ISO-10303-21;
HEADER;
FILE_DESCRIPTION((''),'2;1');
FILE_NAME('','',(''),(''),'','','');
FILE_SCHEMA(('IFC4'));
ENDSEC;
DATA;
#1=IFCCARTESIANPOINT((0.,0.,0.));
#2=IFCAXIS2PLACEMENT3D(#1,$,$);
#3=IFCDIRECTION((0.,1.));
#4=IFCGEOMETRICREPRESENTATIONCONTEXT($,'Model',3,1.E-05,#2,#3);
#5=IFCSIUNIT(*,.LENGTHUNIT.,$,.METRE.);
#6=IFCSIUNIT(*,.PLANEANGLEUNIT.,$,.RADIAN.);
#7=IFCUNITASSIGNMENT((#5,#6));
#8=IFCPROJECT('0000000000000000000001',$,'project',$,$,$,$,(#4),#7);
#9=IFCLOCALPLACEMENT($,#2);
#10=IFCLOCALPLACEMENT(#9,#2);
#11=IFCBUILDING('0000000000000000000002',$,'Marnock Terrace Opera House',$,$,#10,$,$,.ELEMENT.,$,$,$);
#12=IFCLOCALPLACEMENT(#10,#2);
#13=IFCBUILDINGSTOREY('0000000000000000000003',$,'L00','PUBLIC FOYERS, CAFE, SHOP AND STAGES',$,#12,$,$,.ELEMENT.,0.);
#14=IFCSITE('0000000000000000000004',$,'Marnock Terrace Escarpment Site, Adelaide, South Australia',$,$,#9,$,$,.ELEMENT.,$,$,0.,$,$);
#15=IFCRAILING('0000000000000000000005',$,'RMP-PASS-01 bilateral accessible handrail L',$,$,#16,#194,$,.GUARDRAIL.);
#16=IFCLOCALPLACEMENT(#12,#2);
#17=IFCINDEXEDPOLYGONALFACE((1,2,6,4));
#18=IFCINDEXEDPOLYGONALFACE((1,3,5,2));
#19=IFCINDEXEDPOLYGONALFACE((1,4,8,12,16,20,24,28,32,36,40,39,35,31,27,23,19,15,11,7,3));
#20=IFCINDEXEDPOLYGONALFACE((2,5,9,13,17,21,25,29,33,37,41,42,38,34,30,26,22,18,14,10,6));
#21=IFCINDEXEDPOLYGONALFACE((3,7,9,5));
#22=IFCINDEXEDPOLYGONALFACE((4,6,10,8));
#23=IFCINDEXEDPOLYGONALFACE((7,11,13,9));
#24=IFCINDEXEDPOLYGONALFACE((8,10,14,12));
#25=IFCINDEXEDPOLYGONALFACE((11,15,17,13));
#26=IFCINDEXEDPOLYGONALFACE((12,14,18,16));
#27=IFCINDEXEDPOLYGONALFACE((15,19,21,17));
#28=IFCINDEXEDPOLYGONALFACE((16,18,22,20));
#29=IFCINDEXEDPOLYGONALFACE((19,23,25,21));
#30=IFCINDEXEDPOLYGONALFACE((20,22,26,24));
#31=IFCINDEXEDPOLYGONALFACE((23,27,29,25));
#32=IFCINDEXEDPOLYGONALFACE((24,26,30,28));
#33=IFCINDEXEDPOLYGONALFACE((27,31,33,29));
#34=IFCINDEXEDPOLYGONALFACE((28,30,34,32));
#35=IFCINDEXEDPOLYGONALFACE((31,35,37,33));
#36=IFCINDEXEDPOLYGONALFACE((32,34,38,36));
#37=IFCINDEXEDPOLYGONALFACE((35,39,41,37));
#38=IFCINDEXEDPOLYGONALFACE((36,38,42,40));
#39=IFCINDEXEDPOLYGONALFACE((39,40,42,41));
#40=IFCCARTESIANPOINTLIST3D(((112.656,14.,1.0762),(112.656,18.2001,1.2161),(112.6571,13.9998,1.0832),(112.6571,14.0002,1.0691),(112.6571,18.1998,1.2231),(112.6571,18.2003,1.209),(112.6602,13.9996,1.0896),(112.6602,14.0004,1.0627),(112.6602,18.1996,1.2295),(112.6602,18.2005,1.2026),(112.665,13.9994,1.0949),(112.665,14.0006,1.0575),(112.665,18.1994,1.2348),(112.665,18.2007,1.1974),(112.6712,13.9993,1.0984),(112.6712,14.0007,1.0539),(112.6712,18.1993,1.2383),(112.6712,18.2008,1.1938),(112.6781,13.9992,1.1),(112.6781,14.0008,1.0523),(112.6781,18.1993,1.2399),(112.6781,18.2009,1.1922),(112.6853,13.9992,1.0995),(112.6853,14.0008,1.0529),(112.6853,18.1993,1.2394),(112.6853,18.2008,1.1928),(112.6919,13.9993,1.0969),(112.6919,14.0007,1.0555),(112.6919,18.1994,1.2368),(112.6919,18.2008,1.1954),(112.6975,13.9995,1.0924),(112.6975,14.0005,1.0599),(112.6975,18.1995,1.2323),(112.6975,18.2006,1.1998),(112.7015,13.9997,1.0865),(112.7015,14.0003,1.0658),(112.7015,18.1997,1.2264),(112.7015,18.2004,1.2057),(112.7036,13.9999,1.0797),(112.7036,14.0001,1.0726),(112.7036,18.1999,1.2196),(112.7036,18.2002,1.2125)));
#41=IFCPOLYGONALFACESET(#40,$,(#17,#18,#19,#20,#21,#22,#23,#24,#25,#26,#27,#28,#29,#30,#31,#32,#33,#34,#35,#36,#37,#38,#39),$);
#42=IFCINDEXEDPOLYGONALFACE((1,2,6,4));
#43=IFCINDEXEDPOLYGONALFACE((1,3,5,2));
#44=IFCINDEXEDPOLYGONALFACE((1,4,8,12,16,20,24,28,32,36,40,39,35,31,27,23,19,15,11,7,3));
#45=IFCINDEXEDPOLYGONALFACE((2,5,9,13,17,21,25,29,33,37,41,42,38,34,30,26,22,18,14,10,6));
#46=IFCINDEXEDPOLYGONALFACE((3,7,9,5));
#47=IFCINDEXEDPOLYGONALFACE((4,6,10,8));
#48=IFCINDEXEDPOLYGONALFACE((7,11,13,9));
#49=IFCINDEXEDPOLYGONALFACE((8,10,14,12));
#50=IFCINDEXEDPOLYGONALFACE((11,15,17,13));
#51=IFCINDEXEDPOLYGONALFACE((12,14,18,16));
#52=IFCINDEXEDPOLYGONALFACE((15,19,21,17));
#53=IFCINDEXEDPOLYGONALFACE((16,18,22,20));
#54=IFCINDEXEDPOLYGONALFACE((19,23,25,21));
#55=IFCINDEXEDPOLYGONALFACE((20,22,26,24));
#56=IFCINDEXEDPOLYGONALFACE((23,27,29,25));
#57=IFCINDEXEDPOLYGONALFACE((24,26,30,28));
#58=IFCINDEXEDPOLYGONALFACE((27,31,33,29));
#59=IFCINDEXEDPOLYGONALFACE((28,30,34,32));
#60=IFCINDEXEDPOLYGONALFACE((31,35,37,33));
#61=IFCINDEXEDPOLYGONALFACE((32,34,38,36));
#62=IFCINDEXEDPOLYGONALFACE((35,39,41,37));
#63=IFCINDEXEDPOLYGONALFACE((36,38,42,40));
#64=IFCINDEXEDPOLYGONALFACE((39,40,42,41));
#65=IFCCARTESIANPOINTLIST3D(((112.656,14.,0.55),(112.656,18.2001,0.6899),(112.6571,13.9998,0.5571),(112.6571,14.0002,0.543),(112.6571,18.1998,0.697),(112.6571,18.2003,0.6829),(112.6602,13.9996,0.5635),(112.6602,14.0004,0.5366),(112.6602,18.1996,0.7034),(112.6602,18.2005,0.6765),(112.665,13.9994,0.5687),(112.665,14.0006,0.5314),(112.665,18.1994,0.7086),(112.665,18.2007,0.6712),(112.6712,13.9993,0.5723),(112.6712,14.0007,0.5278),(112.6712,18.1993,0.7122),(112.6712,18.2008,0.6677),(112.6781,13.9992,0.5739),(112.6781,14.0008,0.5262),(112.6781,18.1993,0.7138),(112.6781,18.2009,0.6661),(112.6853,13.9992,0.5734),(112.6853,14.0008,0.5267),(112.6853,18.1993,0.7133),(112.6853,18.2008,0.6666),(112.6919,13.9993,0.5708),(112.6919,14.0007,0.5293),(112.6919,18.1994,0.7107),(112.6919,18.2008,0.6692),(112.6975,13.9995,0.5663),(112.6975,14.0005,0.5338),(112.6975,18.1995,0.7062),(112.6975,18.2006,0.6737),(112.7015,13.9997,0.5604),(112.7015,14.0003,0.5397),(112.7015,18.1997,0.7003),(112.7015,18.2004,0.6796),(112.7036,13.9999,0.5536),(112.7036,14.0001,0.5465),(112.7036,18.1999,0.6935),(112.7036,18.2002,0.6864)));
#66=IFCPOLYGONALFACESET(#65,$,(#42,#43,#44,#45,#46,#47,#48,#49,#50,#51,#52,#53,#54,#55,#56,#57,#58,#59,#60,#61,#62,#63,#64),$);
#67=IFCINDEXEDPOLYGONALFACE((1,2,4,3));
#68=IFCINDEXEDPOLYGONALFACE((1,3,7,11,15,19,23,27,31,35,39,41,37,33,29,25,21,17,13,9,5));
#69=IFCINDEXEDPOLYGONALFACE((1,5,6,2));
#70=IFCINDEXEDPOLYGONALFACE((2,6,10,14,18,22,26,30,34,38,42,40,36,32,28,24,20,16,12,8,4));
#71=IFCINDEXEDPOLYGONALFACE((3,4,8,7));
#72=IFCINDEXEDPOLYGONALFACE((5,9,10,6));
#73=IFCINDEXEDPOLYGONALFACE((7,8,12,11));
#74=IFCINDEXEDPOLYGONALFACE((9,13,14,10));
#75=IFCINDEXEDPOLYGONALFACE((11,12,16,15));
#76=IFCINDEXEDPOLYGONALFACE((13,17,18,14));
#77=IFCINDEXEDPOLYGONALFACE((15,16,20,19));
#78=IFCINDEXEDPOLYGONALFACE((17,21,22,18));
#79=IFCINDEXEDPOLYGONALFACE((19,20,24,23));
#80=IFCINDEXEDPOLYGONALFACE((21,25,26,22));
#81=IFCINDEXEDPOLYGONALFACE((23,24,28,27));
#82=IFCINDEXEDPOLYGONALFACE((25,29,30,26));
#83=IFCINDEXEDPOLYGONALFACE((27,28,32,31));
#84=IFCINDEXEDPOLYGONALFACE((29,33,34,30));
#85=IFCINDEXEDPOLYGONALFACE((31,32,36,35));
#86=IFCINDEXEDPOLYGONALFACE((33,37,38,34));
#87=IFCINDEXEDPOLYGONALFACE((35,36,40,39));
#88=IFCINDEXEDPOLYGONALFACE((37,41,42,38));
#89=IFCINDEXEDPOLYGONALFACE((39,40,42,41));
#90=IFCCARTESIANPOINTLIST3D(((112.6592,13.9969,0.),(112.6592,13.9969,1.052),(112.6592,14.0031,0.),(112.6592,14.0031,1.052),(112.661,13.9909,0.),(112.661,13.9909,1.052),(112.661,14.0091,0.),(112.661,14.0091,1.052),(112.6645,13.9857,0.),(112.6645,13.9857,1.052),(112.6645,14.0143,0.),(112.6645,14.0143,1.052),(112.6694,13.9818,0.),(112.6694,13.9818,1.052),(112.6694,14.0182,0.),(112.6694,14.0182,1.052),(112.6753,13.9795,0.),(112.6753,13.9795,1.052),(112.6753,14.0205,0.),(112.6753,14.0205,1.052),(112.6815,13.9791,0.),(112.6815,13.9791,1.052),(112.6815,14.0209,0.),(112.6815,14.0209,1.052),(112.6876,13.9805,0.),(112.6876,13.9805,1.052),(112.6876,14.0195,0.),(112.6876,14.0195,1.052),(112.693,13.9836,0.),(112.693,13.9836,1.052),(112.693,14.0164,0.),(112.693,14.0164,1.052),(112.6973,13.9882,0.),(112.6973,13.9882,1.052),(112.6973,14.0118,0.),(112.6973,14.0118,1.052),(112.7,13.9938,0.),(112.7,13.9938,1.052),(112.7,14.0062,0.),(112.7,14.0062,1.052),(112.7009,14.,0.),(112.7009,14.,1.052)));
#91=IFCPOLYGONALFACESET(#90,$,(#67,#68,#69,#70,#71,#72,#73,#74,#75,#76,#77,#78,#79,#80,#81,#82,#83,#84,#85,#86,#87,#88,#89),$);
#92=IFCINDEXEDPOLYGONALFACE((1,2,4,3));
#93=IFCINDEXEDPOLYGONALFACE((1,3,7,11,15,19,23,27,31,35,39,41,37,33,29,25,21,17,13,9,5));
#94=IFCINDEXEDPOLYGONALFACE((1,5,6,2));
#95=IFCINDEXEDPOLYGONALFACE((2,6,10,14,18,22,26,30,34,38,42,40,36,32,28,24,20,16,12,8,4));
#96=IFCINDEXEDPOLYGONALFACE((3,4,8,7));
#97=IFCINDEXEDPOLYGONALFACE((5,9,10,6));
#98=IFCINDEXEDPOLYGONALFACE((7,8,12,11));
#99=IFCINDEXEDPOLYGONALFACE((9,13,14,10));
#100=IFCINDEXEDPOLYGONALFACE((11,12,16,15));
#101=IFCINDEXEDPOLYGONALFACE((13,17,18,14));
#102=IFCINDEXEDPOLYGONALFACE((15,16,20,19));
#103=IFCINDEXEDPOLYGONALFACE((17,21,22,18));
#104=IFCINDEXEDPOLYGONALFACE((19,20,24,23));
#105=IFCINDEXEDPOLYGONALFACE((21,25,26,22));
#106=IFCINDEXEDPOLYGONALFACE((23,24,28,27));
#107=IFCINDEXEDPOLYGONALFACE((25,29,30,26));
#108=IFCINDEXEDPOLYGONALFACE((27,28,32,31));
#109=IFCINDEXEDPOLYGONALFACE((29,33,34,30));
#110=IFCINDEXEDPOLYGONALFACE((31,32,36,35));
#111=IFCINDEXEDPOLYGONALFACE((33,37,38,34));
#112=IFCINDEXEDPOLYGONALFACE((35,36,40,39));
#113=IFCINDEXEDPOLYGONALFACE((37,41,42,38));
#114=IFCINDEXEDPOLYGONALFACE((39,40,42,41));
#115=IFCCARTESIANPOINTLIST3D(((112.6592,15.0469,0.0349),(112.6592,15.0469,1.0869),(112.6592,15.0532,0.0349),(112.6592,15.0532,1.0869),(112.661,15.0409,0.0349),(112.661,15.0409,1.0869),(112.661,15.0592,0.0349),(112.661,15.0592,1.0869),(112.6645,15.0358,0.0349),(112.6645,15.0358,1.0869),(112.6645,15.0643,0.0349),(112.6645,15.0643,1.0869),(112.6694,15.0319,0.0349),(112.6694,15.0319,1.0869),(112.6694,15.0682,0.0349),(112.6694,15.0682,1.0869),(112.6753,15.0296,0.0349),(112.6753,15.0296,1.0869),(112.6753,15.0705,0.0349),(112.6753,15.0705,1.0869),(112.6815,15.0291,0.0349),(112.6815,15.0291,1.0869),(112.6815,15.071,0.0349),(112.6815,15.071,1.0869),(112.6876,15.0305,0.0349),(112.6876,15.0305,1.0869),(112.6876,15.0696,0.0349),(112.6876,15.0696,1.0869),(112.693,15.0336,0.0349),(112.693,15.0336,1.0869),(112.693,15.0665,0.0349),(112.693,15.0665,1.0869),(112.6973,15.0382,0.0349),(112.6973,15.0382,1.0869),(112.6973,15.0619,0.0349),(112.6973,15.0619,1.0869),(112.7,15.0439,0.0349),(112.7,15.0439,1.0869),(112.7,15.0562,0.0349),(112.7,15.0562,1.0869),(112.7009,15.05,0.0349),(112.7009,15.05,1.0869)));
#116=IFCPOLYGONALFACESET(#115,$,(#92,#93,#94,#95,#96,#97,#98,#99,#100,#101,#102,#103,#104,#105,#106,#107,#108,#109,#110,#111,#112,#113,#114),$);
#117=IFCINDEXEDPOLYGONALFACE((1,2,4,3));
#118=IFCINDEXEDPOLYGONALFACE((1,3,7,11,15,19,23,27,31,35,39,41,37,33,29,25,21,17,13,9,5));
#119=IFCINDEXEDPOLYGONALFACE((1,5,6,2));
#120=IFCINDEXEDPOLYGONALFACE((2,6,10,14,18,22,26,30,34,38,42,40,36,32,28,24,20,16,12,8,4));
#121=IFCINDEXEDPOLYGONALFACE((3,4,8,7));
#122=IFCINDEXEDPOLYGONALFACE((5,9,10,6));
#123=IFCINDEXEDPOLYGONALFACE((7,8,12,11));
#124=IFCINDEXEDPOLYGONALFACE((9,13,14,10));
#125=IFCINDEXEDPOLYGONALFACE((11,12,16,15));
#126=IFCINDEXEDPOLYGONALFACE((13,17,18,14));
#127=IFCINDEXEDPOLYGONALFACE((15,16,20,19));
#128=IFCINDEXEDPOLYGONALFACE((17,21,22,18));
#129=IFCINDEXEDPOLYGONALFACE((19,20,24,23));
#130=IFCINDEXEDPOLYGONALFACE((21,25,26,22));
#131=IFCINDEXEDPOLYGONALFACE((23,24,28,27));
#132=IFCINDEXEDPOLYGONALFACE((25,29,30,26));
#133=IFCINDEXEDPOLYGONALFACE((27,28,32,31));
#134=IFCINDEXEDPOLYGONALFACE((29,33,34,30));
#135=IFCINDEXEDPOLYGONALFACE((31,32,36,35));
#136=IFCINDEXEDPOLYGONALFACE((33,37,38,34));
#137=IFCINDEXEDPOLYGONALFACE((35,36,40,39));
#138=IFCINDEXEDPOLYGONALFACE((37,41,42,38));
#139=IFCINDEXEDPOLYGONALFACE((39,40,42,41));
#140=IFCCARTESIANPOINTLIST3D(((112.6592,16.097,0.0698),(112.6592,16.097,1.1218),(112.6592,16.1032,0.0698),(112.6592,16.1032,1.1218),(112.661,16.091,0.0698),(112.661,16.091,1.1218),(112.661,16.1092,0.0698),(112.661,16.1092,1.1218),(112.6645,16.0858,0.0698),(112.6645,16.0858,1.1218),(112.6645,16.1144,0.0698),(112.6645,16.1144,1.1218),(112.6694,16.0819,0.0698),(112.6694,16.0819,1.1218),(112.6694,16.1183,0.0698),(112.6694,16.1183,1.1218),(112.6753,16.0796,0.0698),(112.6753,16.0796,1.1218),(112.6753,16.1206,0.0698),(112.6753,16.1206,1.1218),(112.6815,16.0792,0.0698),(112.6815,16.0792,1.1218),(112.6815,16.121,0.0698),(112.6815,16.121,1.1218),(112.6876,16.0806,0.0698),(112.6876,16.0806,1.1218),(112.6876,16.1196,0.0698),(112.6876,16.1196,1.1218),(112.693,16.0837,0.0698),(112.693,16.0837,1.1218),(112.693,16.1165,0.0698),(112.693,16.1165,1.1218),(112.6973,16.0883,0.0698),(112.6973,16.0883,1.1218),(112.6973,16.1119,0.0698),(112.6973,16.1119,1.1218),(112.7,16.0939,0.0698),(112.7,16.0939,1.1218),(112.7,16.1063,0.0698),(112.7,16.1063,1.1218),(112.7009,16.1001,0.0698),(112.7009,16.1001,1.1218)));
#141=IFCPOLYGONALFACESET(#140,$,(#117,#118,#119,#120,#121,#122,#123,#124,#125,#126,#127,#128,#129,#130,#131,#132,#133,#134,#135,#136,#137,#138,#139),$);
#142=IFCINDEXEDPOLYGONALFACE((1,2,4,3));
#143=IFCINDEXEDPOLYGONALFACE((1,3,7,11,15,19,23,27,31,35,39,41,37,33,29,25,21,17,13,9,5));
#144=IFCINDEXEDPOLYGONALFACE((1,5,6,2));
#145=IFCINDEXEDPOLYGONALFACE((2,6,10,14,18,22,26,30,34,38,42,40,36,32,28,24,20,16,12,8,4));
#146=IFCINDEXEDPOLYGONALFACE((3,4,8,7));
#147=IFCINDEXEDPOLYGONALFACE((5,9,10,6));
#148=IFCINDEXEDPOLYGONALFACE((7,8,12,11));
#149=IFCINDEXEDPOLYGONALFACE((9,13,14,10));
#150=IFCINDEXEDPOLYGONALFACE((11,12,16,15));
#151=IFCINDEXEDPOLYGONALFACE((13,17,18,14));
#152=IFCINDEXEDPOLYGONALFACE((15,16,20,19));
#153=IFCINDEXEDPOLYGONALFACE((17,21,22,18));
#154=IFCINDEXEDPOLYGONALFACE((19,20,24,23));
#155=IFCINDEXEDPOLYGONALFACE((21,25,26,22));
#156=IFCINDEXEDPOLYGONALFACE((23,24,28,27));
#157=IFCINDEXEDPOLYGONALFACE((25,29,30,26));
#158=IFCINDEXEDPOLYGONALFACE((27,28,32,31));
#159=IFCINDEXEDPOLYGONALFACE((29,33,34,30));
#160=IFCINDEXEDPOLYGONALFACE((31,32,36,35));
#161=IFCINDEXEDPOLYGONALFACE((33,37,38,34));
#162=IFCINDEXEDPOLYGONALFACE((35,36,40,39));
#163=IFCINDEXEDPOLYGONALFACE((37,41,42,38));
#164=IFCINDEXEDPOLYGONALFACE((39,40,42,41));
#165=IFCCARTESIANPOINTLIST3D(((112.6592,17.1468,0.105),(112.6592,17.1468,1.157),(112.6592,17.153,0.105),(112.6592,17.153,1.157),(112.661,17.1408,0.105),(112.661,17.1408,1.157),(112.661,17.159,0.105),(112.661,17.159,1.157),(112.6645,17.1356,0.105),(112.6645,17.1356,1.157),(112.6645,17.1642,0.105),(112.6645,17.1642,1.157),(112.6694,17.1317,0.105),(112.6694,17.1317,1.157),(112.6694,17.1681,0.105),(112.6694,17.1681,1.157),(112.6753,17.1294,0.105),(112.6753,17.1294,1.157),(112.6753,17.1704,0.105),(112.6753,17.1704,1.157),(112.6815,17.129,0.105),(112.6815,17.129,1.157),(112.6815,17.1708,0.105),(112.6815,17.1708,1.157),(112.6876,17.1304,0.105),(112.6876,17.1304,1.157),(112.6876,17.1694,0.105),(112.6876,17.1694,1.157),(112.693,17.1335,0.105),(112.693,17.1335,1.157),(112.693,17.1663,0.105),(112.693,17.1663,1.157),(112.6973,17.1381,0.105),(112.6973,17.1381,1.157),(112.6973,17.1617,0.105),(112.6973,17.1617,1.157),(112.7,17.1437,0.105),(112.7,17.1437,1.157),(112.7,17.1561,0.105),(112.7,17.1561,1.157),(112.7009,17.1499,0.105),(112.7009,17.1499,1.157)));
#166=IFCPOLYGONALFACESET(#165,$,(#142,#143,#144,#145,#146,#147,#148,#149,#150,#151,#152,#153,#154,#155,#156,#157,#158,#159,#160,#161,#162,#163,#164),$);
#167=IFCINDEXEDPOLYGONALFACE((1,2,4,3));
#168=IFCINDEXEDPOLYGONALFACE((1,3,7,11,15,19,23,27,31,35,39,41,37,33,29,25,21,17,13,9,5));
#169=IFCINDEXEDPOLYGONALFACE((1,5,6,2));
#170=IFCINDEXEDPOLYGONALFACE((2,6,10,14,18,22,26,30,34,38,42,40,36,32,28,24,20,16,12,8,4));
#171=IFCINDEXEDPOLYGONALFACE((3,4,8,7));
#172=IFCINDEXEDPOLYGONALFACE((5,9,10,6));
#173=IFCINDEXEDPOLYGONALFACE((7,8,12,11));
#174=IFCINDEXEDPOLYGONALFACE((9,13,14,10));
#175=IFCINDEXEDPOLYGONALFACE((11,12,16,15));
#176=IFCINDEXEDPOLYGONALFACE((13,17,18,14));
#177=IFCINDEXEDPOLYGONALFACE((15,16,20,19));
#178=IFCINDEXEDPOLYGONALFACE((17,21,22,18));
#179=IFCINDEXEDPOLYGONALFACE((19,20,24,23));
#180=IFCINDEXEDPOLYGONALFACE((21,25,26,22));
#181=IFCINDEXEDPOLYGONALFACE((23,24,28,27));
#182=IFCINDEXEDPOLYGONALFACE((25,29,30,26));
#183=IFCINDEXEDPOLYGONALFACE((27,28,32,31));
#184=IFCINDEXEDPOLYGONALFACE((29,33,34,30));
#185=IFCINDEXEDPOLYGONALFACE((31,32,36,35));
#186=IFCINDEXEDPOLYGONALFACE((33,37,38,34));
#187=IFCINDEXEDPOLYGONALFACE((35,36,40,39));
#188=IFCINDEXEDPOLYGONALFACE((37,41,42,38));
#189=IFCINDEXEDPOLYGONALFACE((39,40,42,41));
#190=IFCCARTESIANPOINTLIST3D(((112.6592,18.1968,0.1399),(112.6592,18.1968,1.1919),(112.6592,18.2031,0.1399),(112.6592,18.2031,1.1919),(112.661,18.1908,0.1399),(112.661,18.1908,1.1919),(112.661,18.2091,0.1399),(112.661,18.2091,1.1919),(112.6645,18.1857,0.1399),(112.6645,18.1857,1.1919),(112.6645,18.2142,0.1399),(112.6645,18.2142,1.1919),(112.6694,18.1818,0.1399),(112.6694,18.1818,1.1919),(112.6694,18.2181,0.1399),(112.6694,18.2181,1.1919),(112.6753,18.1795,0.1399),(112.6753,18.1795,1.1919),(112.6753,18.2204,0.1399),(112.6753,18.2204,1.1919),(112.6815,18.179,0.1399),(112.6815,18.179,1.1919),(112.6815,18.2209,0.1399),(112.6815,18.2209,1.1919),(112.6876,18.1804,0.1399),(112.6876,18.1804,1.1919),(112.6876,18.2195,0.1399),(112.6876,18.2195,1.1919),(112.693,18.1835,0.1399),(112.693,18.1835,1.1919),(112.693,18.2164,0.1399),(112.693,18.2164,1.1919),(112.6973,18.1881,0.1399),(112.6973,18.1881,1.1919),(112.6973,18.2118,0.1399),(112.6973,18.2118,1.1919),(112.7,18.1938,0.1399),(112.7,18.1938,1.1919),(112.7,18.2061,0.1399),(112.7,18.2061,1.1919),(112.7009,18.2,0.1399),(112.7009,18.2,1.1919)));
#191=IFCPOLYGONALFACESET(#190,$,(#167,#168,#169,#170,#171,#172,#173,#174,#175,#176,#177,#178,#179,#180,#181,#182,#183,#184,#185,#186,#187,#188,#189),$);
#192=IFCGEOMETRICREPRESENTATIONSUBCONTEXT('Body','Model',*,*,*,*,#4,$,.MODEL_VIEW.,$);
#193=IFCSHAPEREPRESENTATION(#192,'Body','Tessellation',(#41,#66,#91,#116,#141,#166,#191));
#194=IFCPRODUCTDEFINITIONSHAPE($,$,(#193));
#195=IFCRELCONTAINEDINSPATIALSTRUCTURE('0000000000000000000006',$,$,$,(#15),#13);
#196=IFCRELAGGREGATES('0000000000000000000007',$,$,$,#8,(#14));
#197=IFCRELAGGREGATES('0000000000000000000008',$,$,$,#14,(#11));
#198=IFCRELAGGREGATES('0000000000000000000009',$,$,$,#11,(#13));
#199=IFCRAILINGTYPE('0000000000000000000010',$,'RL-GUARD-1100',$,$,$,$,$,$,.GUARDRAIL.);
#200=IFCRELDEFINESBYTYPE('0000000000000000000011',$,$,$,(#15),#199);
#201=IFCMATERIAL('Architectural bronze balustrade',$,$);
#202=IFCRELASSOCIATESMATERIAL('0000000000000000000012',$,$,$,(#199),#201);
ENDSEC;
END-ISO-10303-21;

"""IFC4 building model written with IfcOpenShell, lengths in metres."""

from ifc_helpers import new_model, si_unit, direction, frame, origin, origin_2d, place, context, subcontext, project, spatial, circle, extrude, material, type_object, element, save


model = new_model("IFC4")

# Units and contexts
model_context = context("Model", 3, precision=1e-05, world=origin(), true_north=direction((0.0, 1.0)))
body_context = subcontext(model_context, "Body", "Model", "MODEL_VIEW")
ifc_project = project(units=[si_unit("LENGTHUNIT", "METRE"), si_unit("PLANEANGLEUNIT", "RADIAN")], contexts=[model_context])

# Site, building, storey
site_placement = place(None, origin())
site = spatial("IfcSite", under=ifc_project, at=site_placement, Name="Marnock Terrace Escarpment Site, Adelaide, South Australia", CompositionType="ELEMENT", RefElevation=0.0)
building_placement = place(site_placement, origin())
building = spatial("IfcBuilding", under=site, at=building_placement, Name="Marnock Terrace Opera House", CompositionType="ELEMENT")
storey_placement = place(building_placement, origin())
storey = spatial("IfcBuildingStorey", under=building, at=storey_placement, Name="L00", Description="PUBLIC FOYERS, CAFE, SHOP AND STAGES", CompositionType="ELEMENT", Elevation=0.0)

# Railing
ifc_material_1 = material(Name="Architectural bronze balustrade")
railing_type = type_object("IfcRailingType", Name="RL-GUARD-1100", PredefinedType="GUARDRAIL", material=ifc_material_1)
for number, where, name in (
    (1, (112.6799, 14.0, 0.0), "RMP-PASS-01 bilateral accessible handrail L"),
):
    element("IfcRailing", number, at=place(storey_placement, frame(where)), inside=storey, type_object=railing_type, Name=name, PredefinedType="GUARDRAIL", context=body_context, shape_type="SweptSolid", body=[
        extrude(circle(Radius=0.0239, at=origin_2d()), frame((0.0, 0.0, 1.0762), z_axis=(0.0, 0.999446, 0.03329), x_axis=(-1.0, 0.0, 0.0)), (0.0, 0.0, 1.0), 4.2024),
        extrude(circle(Radius=0.0239, at=origin_2d()), frame((0.0, 0.0, 0.55), z_axis=(0.0, 0.999446, 0.03329), x_axis=(-1.0, 0.0, 0.0)), (0.0, 0.0, 1.0), 4.2024),
        extrude(circle(Radius=0.021, at=origin_2d()), origin(), (0.0, 0.0, 1.0), 1.052),
        extrude(circle(Radius=0.021, at=origin_2d()), frame((0.0, 1.05, 0.0349)), (0.0, 0.0, 1.0), 1.052),
        extrude(circle(Radius=0.021, at=origin_2d()), frame((0.0, 2.1001, 0.0698)), (0.0, 0.0, 1.0), 1.052),
        extrude(circle(Radius=0.021, at=origin_2d()), frame((0.0, 3.1499, 0.105)), (0.0, 0.0, 1.0), 1.052),
        extrude(circle(Radius=0.021, at=origin_2d()), frame((0.0, 4.2, 0.1399)), (0.0, 0.0, 1.0), 1.052),
    ])

save(model, "model.ifc")
